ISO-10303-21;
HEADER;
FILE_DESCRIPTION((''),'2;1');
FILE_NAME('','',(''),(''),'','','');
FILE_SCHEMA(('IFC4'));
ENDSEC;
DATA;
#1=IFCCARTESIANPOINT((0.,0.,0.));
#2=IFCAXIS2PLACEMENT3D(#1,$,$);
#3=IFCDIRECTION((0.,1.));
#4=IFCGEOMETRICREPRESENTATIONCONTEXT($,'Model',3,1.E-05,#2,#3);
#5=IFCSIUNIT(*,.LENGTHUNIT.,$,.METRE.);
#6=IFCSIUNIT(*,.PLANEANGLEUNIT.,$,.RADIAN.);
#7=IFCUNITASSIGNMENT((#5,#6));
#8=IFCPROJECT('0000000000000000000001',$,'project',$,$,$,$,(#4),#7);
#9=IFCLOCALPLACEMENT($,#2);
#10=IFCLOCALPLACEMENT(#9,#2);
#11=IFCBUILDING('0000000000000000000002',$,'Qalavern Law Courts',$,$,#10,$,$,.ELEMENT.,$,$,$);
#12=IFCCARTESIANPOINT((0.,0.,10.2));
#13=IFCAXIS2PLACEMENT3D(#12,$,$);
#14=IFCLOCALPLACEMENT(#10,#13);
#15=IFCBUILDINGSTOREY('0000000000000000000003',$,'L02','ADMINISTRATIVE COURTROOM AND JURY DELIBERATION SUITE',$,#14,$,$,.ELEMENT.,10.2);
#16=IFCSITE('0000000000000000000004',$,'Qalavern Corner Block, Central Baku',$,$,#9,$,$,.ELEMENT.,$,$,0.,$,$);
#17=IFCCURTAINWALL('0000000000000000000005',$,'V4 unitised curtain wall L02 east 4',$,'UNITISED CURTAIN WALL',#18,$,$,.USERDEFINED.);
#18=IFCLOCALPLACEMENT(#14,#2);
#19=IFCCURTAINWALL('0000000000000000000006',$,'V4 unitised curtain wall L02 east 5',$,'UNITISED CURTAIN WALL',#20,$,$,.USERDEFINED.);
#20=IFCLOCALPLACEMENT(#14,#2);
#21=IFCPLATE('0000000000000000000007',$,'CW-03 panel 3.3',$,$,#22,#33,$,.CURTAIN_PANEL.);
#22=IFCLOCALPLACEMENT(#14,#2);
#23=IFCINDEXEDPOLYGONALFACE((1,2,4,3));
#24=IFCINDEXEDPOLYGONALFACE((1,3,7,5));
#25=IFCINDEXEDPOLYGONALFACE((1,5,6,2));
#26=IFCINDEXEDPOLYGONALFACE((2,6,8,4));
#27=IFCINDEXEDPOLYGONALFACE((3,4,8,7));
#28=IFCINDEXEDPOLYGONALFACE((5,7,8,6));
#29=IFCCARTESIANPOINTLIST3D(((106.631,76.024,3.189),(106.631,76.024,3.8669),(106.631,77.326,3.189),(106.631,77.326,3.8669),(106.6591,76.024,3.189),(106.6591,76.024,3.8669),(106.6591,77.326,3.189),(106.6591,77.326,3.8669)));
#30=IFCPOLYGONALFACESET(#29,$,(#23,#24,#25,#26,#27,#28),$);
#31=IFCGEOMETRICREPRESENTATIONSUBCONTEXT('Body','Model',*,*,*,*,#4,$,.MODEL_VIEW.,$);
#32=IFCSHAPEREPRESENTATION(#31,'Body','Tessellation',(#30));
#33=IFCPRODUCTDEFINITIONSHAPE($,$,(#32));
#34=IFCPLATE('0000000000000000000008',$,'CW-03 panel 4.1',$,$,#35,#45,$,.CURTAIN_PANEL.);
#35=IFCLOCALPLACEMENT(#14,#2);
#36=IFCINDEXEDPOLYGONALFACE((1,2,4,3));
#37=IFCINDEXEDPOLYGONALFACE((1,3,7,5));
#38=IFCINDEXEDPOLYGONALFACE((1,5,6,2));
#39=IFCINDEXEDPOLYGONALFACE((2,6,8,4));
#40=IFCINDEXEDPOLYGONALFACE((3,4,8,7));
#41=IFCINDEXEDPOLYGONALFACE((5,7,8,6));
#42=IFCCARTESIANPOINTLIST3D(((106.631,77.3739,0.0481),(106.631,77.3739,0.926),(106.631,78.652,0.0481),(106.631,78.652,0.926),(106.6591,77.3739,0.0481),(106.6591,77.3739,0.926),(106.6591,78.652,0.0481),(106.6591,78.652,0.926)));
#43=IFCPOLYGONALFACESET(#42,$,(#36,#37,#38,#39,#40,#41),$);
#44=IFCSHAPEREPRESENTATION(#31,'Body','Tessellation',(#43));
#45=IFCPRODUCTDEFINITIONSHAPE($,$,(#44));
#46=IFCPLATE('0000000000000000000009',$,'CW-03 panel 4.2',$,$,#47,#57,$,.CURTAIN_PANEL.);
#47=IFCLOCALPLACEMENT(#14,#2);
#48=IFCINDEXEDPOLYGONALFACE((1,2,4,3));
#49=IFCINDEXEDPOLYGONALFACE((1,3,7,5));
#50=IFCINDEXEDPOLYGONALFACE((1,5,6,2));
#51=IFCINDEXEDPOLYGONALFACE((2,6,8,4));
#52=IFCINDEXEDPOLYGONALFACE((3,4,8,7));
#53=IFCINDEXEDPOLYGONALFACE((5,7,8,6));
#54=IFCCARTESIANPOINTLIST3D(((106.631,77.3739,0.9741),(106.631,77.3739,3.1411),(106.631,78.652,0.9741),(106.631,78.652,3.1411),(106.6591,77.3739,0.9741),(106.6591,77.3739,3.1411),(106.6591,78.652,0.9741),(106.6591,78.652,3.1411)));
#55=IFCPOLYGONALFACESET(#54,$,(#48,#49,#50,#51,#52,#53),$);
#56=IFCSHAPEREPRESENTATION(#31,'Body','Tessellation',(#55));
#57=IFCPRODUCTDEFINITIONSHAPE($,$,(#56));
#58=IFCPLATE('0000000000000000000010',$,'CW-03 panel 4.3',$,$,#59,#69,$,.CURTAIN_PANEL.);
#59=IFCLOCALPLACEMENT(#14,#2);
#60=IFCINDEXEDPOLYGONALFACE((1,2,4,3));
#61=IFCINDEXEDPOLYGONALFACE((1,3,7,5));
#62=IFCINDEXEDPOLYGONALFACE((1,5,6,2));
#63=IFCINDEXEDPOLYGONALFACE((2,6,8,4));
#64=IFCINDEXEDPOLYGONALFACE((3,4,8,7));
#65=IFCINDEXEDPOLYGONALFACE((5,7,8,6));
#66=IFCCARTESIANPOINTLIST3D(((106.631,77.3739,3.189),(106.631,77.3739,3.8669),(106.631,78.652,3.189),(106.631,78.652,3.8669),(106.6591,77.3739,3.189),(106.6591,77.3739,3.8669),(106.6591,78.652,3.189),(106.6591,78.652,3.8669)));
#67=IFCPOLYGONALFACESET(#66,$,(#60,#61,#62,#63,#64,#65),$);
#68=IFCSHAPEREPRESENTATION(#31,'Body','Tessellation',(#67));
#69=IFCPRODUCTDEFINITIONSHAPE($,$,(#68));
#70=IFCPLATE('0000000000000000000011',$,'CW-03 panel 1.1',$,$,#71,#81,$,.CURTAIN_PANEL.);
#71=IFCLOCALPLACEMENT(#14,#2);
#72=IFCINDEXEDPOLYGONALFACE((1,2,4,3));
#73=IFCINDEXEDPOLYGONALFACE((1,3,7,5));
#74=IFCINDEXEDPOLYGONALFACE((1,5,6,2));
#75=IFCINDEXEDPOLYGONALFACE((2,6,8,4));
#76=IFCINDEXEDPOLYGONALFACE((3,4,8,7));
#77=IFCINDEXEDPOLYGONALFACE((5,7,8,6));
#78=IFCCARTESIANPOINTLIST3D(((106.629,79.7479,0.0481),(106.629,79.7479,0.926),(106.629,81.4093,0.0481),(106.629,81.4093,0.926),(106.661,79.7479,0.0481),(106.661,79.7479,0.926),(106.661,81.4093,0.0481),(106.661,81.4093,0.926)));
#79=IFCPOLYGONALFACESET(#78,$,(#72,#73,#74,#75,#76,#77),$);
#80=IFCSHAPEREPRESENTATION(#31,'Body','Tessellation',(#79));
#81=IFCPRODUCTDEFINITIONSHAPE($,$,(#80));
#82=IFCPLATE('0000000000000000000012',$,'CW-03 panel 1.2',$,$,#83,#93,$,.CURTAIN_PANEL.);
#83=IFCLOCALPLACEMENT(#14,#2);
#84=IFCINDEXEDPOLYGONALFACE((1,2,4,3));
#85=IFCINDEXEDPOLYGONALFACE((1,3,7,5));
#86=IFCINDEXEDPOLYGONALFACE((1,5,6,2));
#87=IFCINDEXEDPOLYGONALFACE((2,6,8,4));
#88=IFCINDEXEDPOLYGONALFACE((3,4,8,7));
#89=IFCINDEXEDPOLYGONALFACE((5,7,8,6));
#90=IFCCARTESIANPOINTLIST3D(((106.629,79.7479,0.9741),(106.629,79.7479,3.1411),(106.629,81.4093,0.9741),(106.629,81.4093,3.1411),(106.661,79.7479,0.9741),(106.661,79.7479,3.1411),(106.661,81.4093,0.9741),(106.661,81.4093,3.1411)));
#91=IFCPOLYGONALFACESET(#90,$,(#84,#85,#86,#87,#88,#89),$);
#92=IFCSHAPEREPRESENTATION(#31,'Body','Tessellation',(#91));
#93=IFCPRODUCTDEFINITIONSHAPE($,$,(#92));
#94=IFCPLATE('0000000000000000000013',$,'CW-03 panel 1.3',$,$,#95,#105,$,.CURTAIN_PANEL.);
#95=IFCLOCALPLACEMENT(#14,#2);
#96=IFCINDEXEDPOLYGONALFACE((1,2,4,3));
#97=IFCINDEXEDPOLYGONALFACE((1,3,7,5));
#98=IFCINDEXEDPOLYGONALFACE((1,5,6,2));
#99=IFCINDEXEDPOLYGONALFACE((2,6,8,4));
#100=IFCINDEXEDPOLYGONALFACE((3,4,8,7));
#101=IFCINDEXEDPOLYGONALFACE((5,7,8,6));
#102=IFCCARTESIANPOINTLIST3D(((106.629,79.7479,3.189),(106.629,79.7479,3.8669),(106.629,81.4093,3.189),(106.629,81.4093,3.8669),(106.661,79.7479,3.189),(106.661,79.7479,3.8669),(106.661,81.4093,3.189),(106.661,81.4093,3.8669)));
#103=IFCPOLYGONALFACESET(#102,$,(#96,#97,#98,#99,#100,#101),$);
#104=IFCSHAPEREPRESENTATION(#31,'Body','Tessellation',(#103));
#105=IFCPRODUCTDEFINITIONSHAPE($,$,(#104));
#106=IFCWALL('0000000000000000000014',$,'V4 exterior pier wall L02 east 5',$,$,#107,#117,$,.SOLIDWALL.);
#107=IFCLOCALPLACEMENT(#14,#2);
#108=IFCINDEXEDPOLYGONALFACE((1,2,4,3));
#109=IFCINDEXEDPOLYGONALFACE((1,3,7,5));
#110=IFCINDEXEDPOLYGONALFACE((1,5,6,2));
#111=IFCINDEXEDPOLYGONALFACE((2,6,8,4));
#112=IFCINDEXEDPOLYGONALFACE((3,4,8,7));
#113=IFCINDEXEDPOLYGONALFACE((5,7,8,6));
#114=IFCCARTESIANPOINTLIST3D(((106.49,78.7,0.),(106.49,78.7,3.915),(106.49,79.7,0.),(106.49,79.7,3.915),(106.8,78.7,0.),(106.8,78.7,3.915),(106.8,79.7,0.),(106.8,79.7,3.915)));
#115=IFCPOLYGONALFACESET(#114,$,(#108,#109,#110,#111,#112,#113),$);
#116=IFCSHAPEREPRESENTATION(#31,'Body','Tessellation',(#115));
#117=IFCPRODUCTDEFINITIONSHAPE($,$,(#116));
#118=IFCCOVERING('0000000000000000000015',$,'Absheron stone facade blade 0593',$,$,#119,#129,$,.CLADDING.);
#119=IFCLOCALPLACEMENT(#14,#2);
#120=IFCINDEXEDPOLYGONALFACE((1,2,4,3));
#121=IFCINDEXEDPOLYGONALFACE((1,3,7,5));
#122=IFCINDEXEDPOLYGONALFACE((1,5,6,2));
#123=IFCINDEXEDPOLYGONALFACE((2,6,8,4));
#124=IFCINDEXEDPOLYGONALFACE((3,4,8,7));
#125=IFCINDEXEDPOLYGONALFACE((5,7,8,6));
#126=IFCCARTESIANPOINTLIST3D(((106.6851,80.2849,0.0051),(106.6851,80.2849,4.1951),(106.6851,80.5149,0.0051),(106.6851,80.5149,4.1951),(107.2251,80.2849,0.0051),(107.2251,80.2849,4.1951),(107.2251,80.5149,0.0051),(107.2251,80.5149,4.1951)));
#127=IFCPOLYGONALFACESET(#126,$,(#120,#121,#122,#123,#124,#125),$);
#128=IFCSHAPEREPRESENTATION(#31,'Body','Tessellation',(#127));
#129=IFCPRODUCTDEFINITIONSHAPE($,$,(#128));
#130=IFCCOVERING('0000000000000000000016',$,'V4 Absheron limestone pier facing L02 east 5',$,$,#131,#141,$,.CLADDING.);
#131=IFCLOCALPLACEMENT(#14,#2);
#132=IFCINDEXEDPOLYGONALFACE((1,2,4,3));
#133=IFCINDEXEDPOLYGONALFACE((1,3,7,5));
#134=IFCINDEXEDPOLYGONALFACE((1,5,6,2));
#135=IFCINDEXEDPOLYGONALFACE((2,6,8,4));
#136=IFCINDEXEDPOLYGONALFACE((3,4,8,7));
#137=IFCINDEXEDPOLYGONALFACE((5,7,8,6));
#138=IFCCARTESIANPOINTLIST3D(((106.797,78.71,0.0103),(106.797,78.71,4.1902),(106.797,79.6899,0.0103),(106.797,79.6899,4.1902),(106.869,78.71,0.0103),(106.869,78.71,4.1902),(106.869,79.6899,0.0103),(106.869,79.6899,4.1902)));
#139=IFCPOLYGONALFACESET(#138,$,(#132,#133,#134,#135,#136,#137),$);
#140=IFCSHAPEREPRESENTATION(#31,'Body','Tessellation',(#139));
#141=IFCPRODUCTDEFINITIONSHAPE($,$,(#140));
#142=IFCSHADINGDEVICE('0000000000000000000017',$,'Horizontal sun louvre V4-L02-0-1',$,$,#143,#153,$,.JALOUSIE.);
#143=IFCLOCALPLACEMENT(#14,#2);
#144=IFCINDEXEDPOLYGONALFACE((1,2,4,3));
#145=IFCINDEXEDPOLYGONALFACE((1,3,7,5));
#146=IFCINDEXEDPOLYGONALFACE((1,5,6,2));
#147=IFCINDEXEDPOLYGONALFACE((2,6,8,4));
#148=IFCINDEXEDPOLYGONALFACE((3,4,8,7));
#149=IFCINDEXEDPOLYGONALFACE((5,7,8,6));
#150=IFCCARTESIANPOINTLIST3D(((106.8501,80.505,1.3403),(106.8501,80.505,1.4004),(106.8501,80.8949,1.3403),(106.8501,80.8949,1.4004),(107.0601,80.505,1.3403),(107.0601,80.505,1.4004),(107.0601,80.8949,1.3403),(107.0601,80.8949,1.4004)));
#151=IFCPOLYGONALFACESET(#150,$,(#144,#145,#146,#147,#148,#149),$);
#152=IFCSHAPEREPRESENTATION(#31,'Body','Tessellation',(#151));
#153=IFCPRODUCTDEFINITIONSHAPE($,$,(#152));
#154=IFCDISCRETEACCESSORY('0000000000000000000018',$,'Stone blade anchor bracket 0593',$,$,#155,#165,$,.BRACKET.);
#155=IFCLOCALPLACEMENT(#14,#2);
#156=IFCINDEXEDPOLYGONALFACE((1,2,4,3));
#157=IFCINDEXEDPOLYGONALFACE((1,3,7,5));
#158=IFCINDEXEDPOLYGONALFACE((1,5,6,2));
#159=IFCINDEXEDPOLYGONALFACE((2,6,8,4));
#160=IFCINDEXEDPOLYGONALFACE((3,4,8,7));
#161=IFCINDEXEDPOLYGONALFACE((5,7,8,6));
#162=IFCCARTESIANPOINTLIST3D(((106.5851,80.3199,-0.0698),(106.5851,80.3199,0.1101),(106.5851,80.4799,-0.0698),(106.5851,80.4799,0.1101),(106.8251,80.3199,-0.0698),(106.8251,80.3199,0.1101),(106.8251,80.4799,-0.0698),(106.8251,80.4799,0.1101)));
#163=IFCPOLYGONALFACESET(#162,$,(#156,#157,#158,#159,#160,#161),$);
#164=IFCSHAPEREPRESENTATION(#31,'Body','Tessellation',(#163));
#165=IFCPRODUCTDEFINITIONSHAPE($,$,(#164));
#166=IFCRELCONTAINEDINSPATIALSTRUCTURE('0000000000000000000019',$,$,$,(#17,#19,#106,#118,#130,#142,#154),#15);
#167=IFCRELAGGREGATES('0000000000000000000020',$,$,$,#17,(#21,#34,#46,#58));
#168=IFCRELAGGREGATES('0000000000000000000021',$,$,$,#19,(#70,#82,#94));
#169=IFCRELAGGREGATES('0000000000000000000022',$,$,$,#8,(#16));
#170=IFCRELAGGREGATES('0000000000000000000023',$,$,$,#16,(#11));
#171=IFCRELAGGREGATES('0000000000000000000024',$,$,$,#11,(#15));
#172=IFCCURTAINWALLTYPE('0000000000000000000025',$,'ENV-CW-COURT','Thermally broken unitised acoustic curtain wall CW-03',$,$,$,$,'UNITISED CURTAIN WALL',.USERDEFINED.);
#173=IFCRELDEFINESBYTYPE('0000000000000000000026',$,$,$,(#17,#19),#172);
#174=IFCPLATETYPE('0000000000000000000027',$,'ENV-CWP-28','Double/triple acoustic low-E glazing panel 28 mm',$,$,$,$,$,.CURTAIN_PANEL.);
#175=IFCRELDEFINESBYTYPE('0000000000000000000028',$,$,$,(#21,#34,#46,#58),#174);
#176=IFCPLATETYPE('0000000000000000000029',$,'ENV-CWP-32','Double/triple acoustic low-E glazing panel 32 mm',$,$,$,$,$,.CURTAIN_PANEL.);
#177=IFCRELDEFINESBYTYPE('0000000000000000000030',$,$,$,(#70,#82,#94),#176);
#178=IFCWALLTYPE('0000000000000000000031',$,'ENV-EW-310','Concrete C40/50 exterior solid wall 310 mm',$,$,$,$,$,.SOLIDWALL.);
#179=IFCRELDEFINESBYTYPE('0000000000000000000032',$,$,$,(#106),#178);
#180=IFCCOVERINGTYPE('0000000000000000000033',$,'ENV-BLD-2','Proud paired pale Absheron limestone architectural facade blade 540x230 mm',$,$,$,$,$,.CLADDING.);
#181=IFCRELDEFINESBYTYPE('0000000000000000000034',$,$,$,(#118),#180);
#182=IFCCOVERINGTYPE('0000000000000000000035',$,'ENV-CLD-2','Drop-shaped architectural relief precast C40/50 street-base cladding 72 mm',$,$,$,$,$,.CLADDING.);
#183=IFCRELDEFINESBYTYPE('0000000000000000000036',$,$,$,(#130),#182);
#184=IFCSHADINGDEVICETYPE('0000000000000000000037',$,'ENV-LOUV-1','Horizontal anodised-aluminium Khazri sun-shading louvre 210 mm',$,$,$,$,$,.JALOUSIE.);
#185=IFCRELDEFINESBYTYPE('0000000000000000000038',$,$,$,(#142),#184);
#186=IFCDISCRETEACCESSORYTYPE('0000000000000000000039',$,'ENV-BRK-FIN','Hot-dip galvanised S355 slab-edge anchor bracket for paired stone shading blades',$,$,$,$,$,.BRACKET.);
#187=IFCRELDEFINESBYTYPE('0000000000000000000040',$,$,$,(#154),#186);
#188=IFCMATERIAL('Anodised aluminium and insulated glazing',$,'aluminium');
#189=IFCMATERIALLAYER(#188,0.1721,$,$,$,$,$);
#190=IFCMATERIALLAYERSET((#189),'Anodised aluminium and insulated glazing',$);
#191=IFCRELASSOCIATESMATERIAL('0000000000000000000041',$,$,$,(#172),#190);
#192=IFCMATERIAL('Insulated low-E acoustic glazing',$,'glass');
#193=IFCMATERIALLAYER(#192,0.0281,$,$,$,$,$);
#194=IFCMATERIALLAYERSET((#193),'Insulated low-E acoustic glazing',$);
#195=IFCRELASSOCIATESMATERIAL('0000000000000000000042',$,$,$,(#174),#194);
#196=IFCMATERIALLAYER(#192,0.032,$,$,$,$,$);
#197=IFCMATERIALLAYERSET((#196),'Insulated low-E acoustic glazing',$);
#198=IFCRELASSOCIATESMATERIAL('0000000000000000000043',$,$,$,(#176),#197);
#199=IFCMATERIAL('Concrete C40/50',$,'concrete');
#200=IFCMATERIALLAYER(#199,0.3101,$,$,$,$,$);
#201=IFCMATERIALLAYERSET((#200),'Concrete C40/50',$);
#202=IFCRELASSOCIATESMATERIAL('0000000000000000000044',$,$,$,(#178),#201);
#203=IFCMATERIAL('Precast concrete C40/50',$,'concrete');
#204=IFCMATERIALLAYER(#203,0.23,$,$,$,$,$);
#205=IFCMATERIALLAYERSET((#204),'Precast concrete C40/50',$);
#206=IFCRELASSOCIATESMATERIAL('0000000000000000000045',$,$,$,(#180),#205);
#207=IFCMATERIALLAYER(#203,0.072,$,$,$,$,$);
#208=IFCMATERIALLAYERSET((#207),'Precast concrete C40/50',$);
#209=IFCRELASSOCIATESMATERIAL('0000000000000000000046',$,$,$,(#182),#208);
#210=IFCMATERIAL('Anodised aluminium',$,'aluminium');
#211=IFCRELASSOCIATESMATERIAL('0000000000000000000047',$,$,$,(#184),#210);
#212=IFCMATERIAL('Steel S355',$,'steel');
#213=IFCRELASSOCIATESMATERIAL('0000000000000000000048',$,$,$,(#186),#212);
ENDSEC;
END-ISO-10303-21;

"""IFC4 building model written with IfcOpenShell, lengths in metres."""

from ifc_helpers import new_model, si_unit, direction, frame, frame_2d, origin, origin_2d, place, context, subcontext, project, spatial, rectangle, extrude, material, layer, layer_set, type_object, element, aggregate, save


model = new_model("IFC4")

# Units and contexts
model_context = context("Model", 3, precision=1e-05, world=origin(), true_north=direction((0.0, 1.0)))
body_context = subcontext(model_context, "Body", "Model", "MODEL_VIEW")
ifc_project = project(units=[si_unit("LENGTHUNIT", "METRE"), si_unit("PLANEANGLEUNIT", "RADIAN")], contexts=[model_context])

# Site, building, storey
site_placement = place(None, origin())
site = spatial("IfcSite", under=ifc_project, at=site_placement, Name="Qalavern Corner Block, Central Baku", CompositionType="ELEMENT", RefElevation=0.0)
building_placement = place(site_placement, origin())
building = spatial("IfcBuilding", under=site, at=building_placement, Name="Qalavern Law Courts", CompositionType="ELEMENT")
storey_placement = place(building_placement, frame((0.0, 0.0, 10.2)))
storey = spatial("IfcBuildingStorey", under=building, at=storey_placement, Name="L02", Description="ADMINISTRATIVE COURTROOM AND JURY DELIBERATION SUITE", CompositionType="ELEMENT", Elevation=10.2)

# Curtain wall
ifc_material_1 = material(Name="Anodised aluminium and insulated glazing", Category="aluminium")
ifc_layer_1 = layer(ifc_material_1, 0.1721)
ifc_layer_set_1 = layer_set([ifc_layer_1], Name="Anodised aluminium and insulated glazing")
curtain_wall_type = type_object("IfcCurtainWallType", Name="ENV-CW-COURT", Description="Thermally broken unitised acoustic curtain wall CW-03", ElementType="UNITISED CURTAIN WALL", PredefinedType="USERDEFINED", material=ifc_layer_set_1)
curtain_wall_1_placement = place(storey_placement, origin())
curtain_wall_1 = element("IfcCurtainWall", 1, at=curtain_wall_1_placement, inside=storey, type_object=curtain_wall_type, Name="V4 unitised curtain wall L02 east 4", ObjectType="UNITISED CURTAIN WALL", PredefinedType="USERDEFINED")
ifc_material_2 = material(Name="Anodised aluminium", Category="aluminium")

# Curtain wall
curtain_wall_2_placement = place(storey_placement, origin())
curtain_wall_2 = element("IfcCurtainWall", 2, at=curtain_wall_2_placement, inside=storey, type_object=curtain_wall_type, Name="V4 unitised curtain wall L02 east 5", ObjectType="UNITISED CURTAIN WALL", PredefinedType="USERDEFINED")

# Plates
ifc_material_3 = material(Name="Insulated low-E acoustic glazing", Category="glass")
ifc_layer_2 = layer(ifc_material_3, 0.0281)
ifc_layer_set_2 = layer_set([ifc_layer_2], Name="Insulated low-E acoustic glazing")
plate_type_1 = type_object("IfcPlateType", Name="ENV-CWP-28", Description="Double/triple acoustic low-E glazing panel 28 mm", PredefinedType="CURTAIN_PANEL", material=ifc_layer_set_2)
plate_1_placement = place(storey_placement, frame((106.645, 76.675, 3.189), z_axis=(0.0, 0.0, 1.0), x_axis=(0.0, 1.0, 0.0)))
plate_1 = element("IfcPlate", 3, at=plate_1_placement, type_object=plate_type_1, Name="CW-03 panel 3.3", PredefinedType="CURTAIN_PANEL", context=body_context, shape_type="SweptSolid", body=[
    extrude(rectangle(XDim=1.302, YDim=0.0281, at=origin_2d()), origin(), (0.0, 0.0, 1.0), 0.678),
])
plate_2_placement = place(storey_placement, frame((106.645, 78.0129, 0.0481), z_axis=(0.0, 0.0, 1.0), x_axis=(0.0, 1.0, 0.0)))
plate_2 = element("IfcPlate", 4, at=plate_2_placement, type_object=plate_type_1, Name="CW-03 panel 4.1", PredefinedType="CURTAIN_PANEL", context=body_context, shape_type="SweptSolid", body=[
    extrude(rectangle(XDim=1.2781, YDim=0.0281, at=origin_2d()), origin(), (0.0, 0.0, 1.0), 0.8779),
])
plate_3_placement = place(storey_placement, frame((106.645, 78.0129, 0.9741), z_axis=(0.0, 0.0, 1.0), x_axis=(0.0, 1.0, 0.0)))
plate_3 = element("IfcPlate", 5, at=plate_3_placement, type_object=plate_type_1, Name="CW-03 panel 4.2", PredefinedType="CURTAIN_PANEL", context=body_context, shape_type="SweptSolid", body=[
    extrude(rectangle(XDim=1.2781, YDim=0.0281, at=origin_2d()), origin(), (0.0, 0.0, 1.0), 2.167),
])
plate_4_placement = place(storey_placement, frame((106.645, 78.0129, 3.189), z_axis=(0.0, 0.0, 1.0), x_axis=(0.0, 1.0, 0.0)))
plate_4 = element("IfcPlate", 6, at=plate_4_placement, type_object=plate_type_1, Name="CW-03 panel 4.3", PredefinedType="CURTAIN_PANEL", context=body_context, shape_type="SweptSolid", body=[
    extrude(rectangle(XDim=1.2781, YDim=0.0281, at=origin_2d()), origin(), (0.0, 0.0, 1.0), 0.678),
])
aggregate(curtain_wall_1, [plate_1, plate_2, plate_3, plate_4])
ifc_layer_3 = layer(ifc_material_3, 0.032)
ifc_layer_set_3 = layer_set([ifc_layer_3], Name="Insulated low-E acoustic glazing")
plate_type_2 = type_object("IfcPlateType", Name="ENV-CWP-32", Description="Double/triple acoustic low-E glazing panel 32 mm", PredefinedType="CURTAIN_PANEL", material=ifc_layer_set_3)
plate_5_placement = place(storey_placement, frame((106.645, 80.5786, 0.0481), z_axis=(0.0, 0.0, 1.0), x_axis=(0.0, 1.0, 0.0)))
plate_5 = element("IfcPlate", 7, at=plate_5_placement, type_object=plate_type_2, Name="CW-03 panel 1.1", PredefinedType="CURTAIN_PANEL", context=body_context, shape_type="SweptSolid", body=[
    extrude(rectangle(XDim=1.6614, YDim=0.032, at=origin_2d()), origin(), (0.0, 0.0, 1.0), 0.8779),
])
plate_6_placement = place(storey_placement, frame((106.645, 80.5786, 0.9741), z_axis=(0.0, 0.0, 1.0), x_axis=(0.0, 1.0, 0.0)))
plate_6 = element("IfcPlate", 8, at=plate_6_placement, type_object=plate_type_2, Name="CW-03 panel 1.2", PredefinedType="CURTAIN_PANEL", context=body_context, shape_type="SweptSolid", body=[
    extrude(rectangle(XDim=1.6614, YDim=0.032, at=origin_2d()), origin(), (0.0, 0.0, 1.0), 2.167),
])
plate_7_placement = place(storey_placement, frame((106.645, 80.5786, 3.189), z_axis=(0.0, 0.0, 1.0), x_axis=(0.0, 1.0, 0.0)))
plate_7 = element("IfcPlate", 9, at=plate_7_placement, type_object=plate_type_2, Name="CW-03 panel 1.3", PredefinedType="CURTAIN_PANEL", context=body_context, shape_type="SweptSolid", body=[
    extrude(rectangle(XDim=1.6614, YDim=0.032, at=origin_2d()), origin(), (0.0, 0.0, 1.0), 0.678),
])
aggregate(curtain_wall_2, [plate_5, plate_6, plate_7])

# Wall
ifc_material_4 = material(Name="Concrete C40/50", Category="concrete")
ifc_layer_4 = layer(ifc_material_4, 0.3101)
ifc_layer_set_4 = layer_set([ifc_layer_4], Name="Concrete C40/50")
wall_type = type_object("IfcWallType", Name="ENV-EW-310", Description="Concrete C40/50 exterior solid wall 310 mm", PredefinedType="SOLIDWALL", material=ifc_layer_set_4)
wall_placement = place(storey_placement, frame((106.645, 78.7, 0.0), z_axis=(0.0, 0.0, 1.0), x_axis=(0.0, 1.0, 0.0)))
element("IfcWall", 10, at=wall_placement, inside=storey, type_object=wall_type, Name="V4 exterior pier wall L02 east 5", PredefinedType="SOLIDWALL", context=body_context, shape_type="SweptSolid", body=[
    extrude(rectangle(XDim=1.0, YDim=0.3101, at=frame_2d((0.5, 0.0))), origin(), (0.0, 0.0, 1.0), 3.915),
])

# Coverings
ifc_material_5 = material(Name="Precast concrete C40/50", Category="concrete")
ifc_layer_5 = layer(ifc_material_5, 0.23)
ifc_layer_set_5 = layer_set([ifc_layer_5], Name="Precast concrete C40/50")
covering_type_1 = type_object("IfcCoveringType", Name="ENV-BLD-2", Description="Proud paired pale Absheron limestone architectural facade blade 540x230 mm", PredefinedType="CLADDING", material=ifc_layer_set_5)
covering_1_placement = place(storey_placement, frame((106.9551, 80.3999, 0.0051), z_axis=(0.0, 0.0, 1.0), x_axis=(1.0, 0.0, 0.0)))
element("IfcCovering", 11, at=covering_1_placement, inside=storey, type_object=covering_type_1, Name="Absheron stone facade blade 0593", PredefinedType="CLADDING", context=body_context, shape_type="SweptSolid", body=[
    extrude(rectangle(XDim=0.54, YDim=0.23, at=origin_2d()), origin(), (0.0, 0.0, 1.0), 4.1899),
])
ifc_layer_6 = layer(ifc_material_5, 0.072)
ifc_layer_set_6 = layer_set([ifc_layer_6], Name="Precast concrete C40/50")
covering_type_2 = type_object("IfcCoveringType", Name="ENV-CLD-2", Description="Drop-shaped architectural relief precast C40/50 street-base cladding 72 mm", PredefinedType="CLADDING", material=ifc_layer_set_6)
covering_2_placement = place(storey_placement, frame((106.833, 79.2, 0.0103), z_axis=(0.0, 0.0, 1.0), x_axis=(0.0, 1.0, 0.0)))
element("IfcCovering", 12, at=covering_2_placement, inside=storey, type_object=covering_type_2, Name="V4 Absheron limestone pier facing L02 east 5", PredefinedType="CLADDING", context=body_context, shape_type="SweptSolid", body=[
    extrude(rectangle(XDim=0.98, YDim=0.072, at=origin_2d()), origin(), (0.0, 0.0, 1.0), 4.1799),
])

# Shading device
shading_device_type = type_object("IfcShadingDeviceType", Name="ENV-LOUV-1", Description="Horizontal anodised-aluminium Khazri sun-shading louvre 210 mm", PredefinedType="JALOUSIE", material=ifc_material_2)
shading_device_placement = place(storey_placement, frame((106.9551, 80.7, 1.3403), z_axis=(0.0, 0.0, 1.0), x_axis=(0.0, 1.0, 0.0)))
element("IfcShadingDevice", 13, at=shading_device_placement, inside=storey, type_object=shading_device_type, Name="Horizontal sun louvre V4-L02-0-1", PredefinedType="JALOUSIE", context=body_context, shape_type="SweptSolid", body=[
    extrude(rectangle(XDim=0.3899, YDim=0.21, at=origin_2d()), origin(), (0.0, 0.0, 1.0), 0.0601),
])

# Discrete accessory
ifc_material_6 = material(Name="Steel S355", Category="steel")
discrete_accessory_type = type_object("IfcDiscreteAccessoryType", Name="ENV-BRK-FIN", Description="Hot-dip galvanised S355 slab-edge anchor bracket for paired stone shading blades", PredefinedType="BRACKET", material=ifc_material_6)
discrete_accessory_placement = place(storey_placement, frame((106.7051, 80.3999, -0.0698), z_axis=(0.0, 0.0, 1.0), x_axis=(1.0, 0.0, 0.0)))
element("IfcDiscreteAccessory", 14, at=discrete_accessory_placement, inside=storey, type_object=discrete_accessory_type, Name="Stone blade anchor bracket 0593", PredefinedType="BRACKET", context=body_context, shape_type="SweptSolid", body=[
    extrude(rectangle(XDim=0.24, YDim=0.1599, at=origin_2d()), origin(), (0.0, 0.0, 1.0), 0.1799),
])

save(model, "model.ifc")
